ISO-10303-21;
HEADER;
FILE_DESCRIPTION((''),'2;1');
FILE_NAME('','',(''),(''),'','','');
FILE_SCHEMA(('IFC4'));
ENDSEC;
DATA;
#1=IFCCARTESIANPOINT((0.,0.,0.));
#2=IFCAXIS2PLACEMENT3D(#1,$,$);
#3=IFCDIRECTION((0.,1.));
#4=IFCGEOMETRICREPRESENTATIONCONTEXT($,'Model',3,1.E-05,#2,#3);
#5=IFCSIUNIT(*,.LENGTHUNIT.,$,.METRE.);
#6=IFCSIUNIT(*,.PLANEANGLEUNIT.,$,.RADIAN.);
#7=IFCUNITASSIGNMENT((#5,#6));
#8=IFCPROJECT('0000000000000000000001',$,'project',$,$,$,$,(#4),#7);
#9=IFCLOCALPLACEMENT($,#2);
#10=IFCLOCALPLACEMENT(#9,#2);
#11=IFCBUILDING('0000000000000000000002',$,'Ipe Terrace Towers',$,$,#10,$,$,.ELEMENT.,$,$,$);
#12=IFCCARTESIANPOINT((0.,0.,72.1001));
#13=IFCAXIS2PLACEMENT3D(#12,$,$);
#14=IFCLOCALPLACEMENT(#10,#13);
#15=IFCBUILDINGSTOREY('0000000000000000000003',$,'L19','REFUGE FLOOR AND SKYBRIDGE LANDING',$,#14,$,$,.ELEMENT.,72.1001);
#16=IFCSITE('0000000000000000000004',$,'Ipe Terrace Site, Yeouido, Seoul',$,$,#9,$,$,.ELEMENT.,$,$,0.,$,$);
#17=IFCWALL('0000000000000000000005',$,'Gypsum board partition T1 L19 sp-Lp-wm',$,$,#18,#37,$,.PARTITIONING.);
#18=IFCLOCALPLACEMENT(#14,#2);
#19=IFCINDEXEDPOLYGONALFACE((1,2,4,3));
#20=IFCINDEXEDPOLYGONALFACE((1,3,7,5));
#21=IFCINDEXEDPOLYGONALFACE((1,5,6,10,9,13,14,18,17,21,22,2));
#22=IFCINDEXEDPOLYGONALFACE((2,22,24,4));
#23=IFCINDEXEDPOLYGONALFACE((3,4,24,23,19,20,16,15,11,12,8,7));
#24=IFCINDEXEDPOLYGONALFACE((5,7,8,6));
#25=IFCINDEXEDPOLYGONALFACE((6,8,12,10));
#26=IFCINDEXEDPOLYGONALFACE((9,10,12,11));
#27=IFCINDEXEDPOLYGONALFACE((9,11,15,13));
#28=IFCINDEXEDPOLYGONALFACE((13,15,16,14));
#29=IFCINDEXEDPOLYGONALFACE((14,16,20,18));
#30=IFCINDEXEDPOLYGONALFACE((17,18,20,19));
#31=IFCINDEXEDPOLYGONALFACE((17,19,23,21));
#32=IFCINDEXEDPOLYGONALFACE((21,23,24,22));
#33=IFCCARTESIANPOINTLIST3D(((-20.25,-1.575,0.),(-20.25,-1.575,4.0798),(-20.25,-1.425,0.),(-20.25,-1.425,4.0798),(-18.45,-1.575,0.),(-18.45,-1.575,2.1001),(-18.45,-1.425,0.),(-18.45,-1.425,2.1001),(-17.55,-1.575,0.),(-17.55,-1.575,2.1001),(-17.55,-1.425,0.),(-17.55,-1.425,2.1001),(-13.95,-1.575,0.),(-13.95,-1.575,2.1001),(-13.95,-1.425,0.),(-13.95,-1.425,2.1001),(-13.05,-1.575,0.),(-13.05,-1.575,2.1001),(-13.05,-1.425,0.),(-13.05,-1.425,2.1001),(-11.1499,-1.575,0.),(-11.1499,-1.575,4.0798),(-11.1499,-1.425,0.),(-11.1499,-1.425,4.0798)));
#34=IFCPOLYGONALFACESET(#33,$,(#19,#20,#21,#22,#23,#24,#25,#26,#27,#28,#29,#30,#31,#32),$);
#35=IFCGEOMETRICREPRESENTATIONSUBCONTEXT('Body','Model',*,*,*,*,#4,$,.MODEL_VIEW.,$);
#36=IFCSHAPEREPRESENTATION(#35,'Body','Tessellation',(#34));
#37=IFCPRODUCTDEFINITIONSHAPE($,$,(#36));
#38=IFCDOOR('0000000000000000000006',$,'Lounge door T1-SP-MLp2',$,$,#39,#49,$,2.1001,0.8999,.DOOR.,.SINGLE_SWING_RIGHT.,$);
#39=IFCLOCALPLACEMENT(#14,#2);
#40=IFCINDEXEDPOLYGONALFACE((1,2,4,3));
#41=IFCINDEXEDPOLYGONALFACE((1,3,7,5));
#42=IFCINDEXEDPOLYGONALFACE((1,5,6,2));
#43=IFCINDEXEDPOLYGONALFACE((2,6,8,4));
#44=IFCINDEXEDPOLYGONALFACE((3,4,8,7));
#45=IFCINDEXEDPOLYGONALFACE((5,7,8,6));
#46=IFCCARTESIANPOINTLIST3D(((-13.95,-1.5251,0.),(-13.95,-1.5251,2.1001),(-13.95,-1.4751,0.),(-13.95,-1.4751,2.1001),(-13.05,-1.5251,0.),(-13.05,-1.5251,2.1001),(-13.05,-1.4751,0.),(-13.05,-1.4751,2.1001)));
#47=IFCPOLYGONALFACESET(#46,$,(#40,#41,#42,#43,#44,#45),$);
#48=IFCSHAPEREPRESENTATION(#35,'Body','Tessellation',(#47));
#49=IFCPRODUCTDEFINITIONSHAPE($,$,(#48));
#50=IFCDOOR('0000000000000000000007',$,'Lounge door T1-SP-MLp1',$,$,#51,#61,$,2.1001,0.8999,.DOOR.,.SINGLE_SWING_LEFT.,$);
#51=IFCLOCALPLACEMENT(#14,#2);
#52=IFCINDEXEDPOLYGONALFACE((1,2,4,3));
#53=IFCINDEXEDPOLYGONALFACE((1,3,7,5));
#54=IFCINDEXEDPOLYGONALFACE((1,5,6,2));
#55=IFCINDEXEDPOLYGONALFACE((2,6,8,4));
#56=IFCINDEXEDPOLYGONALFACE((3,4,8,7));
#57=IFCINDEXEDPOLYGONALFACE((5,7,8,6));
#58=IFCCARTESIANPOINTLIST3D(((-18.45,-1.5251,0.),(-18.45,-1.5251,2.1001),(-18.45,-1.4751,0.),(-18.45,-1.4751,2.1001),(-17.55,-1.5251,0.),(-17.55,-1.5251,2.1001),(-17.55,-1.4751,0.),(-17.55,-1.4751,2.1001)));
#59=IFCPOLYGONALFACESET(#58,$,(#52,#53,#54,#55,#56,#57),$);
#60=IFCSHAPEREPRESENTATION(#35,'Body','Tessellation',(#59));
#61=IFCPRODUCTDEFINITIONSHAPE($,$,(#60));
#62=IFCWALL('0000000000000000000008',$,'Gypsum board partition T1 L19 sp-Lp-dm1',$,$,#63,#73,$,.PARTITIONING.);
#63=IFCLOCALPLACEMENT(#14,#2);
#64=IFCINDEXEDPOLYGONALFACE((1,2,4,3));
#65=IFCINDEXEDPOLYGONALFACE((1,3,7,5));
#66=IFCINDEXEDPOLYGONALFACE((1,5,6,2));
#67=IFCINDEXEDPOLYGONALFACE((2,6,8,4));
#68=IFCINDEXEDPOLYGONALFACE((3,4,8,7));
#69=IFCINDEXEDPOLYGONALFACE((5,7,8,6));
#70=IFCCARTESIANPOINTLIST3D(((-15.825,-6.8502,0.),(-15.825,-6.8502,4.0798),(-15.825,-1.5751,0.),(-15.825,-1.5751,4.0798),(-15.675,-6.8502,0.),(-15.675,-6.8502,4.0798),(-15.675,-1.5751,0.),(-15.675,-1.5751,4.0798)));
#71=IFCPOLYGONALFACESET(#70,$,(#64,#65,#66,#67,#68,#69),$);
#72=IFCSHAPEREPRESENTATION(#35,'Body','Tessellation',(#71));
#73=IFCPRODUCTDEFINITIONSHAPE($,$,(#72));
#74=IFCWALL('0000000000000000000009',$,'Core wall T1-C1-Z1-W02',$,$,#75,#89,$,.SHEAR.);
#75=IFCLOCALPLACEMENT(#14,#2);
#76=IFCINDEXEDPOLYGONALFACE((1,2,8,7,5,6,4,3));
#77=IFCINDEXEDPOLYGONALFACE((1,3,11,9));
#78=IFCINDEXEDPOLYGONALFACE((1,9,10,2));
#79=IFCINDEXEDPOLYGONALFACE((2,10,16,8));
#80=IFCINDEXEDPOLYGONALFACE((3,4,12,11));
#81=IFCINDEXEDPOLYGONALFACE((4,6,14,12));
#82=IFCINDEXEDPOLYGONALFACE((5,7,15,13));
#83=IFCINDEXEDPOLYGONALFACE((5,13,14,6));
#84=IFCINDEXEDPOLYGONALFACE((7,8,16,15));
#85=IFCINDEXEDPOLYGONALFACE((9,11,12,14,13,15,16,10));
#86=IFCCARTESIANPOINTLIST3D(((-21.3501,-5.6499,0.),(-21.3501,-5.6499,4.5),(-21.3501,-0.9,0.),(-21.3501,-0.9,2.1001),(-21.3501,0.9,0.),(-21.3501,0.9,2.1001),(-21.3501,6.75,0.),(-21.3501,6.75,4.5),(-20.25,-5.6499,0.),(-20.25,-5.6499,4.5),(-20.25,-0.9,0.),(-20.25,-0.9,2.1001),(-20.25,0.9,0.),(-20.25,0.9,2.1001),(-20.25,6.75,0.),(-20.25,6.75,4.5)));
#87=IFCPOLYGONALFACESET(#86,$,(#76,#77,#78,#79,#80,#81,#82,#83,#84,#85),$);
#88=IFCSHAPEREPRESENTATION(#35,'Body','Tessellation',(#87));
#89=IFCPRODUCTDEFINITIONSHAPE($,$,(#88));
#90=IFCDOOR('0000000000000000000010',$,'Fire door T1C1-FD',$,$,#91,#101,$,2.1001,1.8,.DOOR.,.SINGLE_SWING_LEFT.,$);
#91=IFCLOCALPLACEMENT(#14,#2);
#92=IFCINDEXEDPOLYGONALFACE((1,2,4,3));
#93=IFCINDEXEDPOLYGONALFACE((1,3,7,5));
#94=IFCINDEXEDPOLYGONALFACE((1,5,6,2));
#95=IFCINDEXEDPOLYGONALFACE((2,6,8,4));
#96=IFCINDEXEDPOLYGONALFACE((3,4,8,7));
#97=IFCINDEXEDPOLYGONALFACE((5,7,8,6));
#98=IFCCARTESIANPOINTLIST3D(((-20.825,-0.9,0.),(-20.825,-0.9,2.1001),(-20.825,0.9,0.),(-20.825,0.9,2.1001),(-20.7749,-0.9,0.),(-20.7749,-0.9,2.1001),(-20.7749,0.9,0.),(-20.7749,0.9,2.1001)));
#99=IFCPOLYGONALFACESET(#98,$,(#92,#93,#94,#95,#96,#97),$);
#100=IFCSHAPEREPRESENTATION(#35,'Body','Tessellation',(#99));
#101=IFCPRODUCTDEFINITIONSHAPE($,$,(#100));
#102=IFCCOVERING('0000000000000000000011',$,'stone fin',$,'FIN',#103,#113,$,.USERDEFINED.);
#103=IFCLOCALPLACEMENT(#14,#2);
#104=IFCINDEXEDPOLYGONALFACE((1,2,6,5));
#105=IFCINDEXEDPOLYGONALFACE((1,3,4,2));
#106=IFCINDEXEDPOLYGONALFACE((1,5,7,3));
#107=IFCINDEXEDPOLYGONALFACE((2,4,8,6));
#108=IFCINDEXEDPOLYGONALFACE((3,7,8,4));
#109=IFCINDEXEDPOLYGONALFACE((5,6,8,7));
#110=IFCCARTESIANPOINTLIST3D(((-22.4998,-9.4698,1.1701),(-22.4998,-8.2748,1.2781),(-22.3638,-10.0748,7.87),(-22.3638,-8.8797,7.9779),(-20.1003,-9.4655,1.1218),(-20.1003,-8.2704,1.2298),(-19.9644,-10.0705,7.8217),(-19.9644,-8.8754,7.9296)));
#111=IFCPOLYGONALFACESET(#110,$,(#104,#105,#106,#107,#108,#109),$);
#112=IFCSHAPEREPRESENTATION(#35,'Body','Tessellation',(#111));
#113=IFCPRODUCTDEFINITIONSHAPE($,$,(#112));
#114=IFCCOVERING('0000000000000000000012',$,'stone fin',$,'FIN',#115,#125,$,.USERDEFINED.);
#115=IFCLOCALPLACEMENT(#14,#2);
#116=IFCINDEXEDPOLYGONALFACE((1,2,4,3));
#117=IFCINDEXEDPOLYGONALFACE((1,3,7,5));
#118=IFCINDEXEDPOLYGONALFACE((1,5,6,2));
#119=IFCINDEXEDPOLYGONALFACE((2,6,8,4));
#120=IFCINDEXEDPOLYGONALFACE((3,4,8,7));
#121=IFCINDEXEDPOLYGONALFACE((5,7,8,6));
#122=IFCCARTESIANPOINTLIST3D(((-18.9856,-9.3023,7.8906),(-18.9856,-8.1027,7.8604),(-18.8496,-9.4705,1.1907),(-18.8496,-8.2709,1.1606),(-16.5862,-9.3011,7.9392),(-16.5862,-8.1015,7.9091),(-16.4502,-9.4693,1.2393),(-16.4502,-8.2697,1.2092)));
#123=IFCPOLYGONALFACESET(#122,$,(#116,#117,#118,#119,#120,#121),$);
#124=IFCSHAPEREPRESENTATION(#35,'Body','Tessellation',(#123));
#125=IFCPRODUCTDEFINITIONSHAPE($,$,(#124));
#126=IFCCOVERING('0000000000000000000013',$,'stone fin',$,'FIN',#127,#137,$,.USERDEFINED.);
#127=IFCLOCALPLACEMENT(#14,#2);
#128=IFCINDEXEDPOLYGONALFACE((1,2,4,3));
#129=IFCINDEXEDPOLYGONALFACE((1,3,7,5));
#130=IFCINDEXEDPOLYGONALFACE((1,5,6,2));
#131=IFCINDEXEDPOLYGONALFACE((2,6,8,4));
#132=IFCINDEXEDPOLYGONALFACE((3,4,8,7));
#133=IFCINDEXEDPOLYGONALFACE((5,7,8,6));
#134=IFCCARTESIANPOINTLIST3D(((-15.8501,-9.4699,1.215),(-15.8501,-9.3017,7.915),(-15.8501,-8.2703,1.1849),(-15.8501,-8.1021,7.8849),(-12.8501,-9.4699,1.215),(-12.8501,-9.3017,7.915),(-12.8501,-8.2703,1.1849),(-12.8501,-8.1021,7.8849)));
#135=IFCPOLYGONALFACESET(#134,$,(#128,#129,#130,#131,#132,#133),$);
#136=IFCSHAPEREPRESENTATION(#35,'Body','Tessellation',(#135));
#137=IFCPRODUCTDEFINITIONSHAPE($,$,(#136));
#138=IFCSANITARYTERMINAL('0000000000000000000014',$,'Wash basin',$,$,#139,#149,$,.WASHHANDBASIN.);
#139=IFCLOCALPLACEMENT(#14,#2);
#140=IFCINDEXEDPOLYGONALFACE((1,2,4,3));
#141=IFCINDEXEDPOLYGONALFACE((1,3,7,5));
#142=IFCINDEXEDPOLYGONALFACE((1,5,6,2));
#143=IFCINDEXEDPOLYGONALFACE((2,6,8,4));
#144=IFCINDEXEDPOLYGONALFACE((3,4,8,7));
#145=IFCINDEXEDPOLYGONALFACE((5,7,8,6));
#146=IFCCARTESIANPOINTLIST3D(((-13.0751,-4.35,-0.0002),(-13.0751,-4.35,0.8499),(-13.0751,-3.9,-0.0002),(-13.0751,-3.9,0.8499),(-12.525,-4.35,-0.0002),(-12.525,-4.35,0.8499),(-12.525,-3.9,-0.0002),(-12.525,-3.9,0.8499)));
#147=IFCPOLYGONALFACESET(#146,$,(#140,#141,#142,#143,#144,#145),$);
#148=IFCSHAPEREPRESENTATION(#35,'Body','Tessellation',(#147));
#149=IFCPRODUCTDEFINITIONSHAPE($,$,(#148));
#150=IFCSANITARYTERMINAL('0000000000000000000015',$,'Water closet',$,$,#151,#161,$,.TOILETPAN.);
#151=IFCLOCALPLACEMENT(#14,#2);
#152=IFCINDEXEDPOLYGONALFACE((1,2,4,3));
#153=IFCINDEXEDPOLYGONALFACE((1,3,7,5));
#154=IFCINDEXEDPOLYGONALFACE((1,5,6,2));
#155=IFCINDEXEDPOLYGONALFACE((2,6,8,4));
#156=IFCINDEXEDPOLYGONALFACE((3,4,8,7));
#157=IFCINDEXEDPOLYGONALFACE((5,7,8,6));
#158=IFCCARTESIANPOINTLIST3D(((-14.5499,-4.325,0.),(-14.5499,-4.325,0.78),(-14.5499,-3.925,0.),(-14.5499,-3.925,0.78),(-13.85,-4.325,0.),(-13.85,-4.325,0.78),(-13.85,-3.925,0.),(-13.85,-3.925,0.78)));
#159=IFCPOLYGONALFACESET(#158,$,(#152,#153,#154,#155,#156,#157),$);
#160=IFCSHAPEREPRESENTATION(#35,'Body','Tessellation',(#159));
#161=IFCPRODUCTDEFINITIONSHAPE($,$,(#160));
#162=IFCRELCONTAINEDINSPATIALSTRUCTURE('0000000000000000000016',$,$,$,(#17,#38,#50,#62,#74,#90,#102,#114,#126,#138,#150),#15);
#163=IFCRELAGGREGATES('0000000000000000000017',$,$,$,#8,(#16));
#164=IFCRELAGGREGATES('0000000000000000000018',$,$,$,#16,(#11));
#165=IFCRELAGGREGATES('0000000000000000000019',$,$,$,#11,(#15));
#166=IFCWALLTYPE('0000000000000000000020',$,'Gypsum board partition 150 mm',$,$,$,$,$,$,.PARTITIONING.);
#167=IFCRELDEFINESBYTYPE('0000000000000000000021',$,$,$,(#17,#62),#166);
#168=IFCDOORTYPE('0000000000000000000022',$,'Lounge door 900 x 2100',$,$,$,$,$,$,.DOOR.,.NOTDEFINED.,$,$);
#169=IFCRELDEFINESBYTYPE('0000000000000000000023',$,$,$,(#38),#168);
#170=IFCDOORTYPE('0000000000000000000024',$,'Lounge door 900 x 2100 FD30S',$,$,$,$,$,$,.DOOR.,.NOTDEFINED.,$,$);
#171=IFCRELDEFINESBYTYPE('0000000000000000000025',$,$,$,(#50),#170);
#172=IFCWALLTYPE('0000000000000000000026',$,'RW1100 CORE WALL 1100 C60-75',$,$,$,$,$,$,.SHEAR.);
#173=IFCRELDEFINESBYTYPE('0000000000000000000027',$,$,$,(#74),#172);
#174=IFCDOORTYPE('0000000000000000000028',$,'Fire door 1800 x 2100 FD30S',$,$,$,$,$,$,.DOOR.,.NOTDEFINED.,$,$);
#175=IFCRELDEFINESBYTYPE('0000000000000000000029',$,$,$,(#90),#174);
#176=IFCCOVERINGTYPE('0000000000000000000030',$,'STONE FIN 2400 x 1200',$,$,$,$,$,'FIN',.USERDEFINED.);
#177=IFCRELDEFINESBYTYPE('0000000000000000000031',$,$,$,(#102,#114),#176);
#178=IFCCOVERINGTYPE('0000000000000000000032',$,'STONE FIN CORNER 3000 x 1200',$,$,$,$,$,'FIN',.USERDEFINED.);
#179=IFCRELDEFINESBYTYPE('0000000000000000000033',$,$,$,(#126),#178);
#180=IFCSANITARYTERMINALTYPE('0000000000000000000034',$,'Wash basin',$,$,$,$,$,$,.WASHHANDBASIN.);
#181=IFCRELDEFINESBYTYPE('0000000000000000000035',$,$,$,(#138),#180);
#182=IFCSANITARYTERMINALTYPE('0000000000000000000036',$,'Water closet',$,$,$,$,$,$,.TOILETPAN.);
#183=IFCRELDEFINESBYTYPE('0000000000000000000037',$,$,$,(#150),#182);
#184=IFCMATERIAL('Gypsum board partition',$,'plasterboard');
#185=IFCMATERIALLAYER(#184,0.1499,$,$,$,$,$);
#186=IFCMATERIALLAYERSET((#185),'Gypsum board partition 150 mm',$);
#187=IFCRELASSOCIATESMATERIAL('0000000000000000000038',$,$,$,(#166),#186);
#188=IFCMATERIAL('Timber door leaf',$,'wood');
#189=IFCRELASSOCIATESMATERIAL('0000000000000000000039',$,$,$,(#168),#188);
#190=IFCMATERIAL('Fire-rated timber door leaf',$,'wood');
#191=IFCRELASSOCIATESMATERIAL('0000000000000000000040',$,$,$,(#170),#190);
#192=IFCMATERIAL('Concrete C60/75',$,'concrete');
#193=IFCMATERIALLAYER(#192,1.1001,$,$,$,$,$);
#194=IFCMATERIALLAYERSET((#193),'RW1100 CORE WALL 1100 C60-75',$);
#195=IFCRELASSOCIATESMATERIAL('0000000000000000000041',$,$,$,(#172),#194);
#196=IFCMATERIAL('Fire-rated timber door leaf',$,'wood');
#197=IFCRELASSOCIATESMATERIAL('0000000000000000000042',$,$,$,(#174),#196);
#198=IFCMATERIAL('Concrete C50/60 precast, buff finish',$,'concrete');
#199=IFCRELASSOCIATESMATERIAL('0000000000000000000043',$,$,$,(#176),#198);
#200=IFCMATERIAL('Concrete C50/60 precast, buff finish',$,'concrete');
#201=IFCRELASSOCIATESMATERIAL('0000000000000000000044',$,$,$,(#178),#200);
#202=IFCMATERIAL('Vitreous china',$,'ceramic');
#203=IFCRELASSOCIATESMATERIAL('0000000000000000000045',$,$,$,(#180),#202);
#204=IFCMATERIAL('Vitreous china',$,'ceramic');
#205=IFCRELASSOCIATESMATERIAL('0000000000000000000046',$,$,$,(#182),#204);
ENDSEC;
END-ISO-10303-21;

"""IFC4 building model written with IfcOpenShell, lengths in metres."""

from ifc_helpers import new_model, si_unit, direction, frame, frame_2d, origin, origin_2d, place, context, subcontext, project, spatial, rectangle, extrude, material, layer, layer_set, material_profile, profile_set, type_object, element, fill, save


model = new_model("IFC4")

# Units and contexts
model_context = context("Model", 3, precision=1e-05, world=origin(), true_north=direction((0.0, 1.0)))
body_context = subcontext(model_context, "Body", "Model", "MODEL_VIEW")
ifc_project = project(units=[si_unit("LENGTHUNIT", "METRE"), si_unit("PLANEANGLEUNIT", "RADIAN")], contexts=[model_context])

# Site, building, storey
site_placement = place(None, origin())
site = spatial("IfcSite", under=ifc_project, at=site_placement, Name="Ipe Terrace Site, Yeouido, Seoul", CompositionType="ELEMENT", RefElevation=0.0)
building_placement = place(site_placement, origin())
building = spatial("IfcBuilding", under=site, at=building_placement, Name="Ipe Terrace Towers", CompositionType="ELEMENT")
storey_placement = place(building_placement, frame((0.0, 0.0, 72.1001)))
storey = spatial("IfcBuildingStorey", under=building, at=storey_placement, Name="L19", Description="REFUGE FLOOR AND SKYBRIDGE LANDING", CompositionType="ELEMENT", Elevation=72.1001)

# Wall, openings, doors
ifc_material_1 = material(Name="Gypsum board partition", Category="plasterboard")
ifc_layer_1 = layer(ifc_material_1, 0.1499)
ifc_layer_set_1 = layer_set([ifc_layer_1], Name="Gypsum board partition 150 mm")
wall_type_1 = type_object("IfcWallType", Name="Gypsum board partition 150 mm", PredefinedType="PARTITIONING", material=ifc_layer_set_1)
wall_1_placement = place(storey_placement, frame((-20.25, -1.5, 0.0), z_axis=(0.0, 0.0, 1.0), x_axis=(1.0, 0.0, 0.0)))
wall_1 = element("IfcWall", 1, at=wall_1_placement, inside=storey, type_object=wall_type_1, Name="Gypsum board partition T1 L19 sp-Lp-wm", PredefinedType="PARTITIONING", context=body_context, shape_type="SweptSolid", body=[
    extrude(rectangle(XDim=9.1001, YDim=0.1499, at=frame_2d((4.55, 0.0))), origin(), (0.0, 0.0, 1.0), 4.0798),
])
opening_1_placement = place(wall_1_placement, frame((1.8, 0.0, 0.0)))
opening_1 = element("IfcOpeningElement", 2, at=opening_1_placement, cuts=wall_1, PredefinedType="OPENING", context=body_context, shape_type="SweptSolid", body=[
    extrude(rectangle(XDim=0.8999, YDim=2.1001, at=frame_2d((0.45, 1.05))), frame((0.0, 0.085, 0.0), z_axis=(0.0, -1.0, 0.0), x_axis=(1.0, 0.0, 0.0)), (0.0, 0.0, 1.0), 0.1699),
])
opening_2_placement = place(wall_1_placement, frame((6.3, 0.0, 0.0)))
opening_2 = element("IfcOpeningElement", 3, at=opening_2_placement, cuts=wall_1, PredefinedType="OPENING", context=body_context, shape_type="SweptSolid", body=[
    extrude(rectangle(XDim=0.8999, YDim=2.1001, at=frame_2d((0.45, 1.05))), frame((0.0, 0.085, 0.0), z_axis=(0.0, -1.0, 0.0), x_axis=(1.0, 0.0, 0.0)), (0.0, 0.0, 1.0), 0.1699),
])
ifc_material_2 = material(Name="Timber door leaf", Category="wood")
door_type_1 = type_object("IfcDoorType", Name="Lounge door 900 x 2100", OperationType="NOTDEFINED", PredefinedType="DOOR", material=ifc_material_2)
door_1_placement = place(opening_2_placement, origin())
door_1 = element("IfcDoor", 4, at=door_1_placement, inside=storey, type_object=door_type_1, Name="Lounge door T1-SP-MLp2", OperationType="SINGLE_SWING_RIGHT", OverallHeight=2.1001, OverallWidth=0.8999, PredefinedType="DOOR", context=body_context, shape_type="SweptSolid", body=[
    extrude(rectangle(XDim=0.8999, YDim=2.1001, at=frame_2d((0.45, 1.05))), frame((0.0, 0.0249, 0.0), z_axis=(0.0, -1.0, 0.0), x_axis=(1.0, 0.0, 0.0)), (0.0, 0.0, 1.0), 0.05),
])
fill(opening_2, door_1)
ifc_material_3 = material(Name="Fire-rated timber door leaf", Category="wood")
door_type_2 = type_object("IfcDoorType", Name="Lounge door 900 x 2100 FD30S", OperationType="NOTDEFINED", PredefinedType="DOOR", material=ifc_material_3)
door_2_placement = place(opening_1_placement, origin())
door_2 = element("IfcDoor", 5, at=door_2_placement, inside=storey, type_object=door_type_2, Name="Lounge door T1-SP-MLp1", OperationType="SINGLE_SWING_LEFT", OverallHeight=2.1001, OverallWidth=0.8999, PredefinedType="DOOR", context=body_context, shape_type="SweptSolid", body=[
    extrude(rectangle(XDim=0.8999, YDim=2.1001, at=frame_2d((0.45, 1.05))), frame((0.0, 0.0249, 0.0), z_axis=(0.0, -1.0, 0.0), x_axis=(1.0, 0.0, 0.0)), (0.0, 0.0, 1.0), 0.05),
])
fill(opening_1, door_2)

# Wall
wall_2_placement = place(storey_placement, frame((-15.75, -1.575, 0.0), z_axis=(0.0, 0.0, 1.0), x_axis=(0.0, -1.0, 0.0)))
element("IfcWall", 6, at=wall_2_placement, inside=storey, type_object=wall_type_1, Name="Gypsum board partition T1 L19 sp-Lp-dm1", PredefinedType="PARTITIONING", context=body_context, shape_type="SweptSolid", body=[
    extrude(rectangle(XDim=5.2751, YDim=0.1499, at=frame_2d((2.6377, 0.0))), origin(), (0.0, 0.0, 1.0), 4.0798),
])

# Wall, opening, door
ifc_material_4 = material(Name="Concrete C60/75", Category="concrete")
ifc_layer_2 = layer(ifc_material_4, 1.1001)
ifc_layer_set_2 = layer_set([ifc_layer_2], Name="RW1100 CORE WALL 1100 C60-75")
wall_type_2 = type_object("IfcWallType", Name="RW1100 CORE WALL 1100 C60-75", PredefinedType="SHEAR", material=ifc_layer_set_2)
wall_3_placement = place(storey_placement, frame((-20.8, -5.6499, 0.0), z_axis=(0.0, 0.0, 1.0), x_axis=(0.0, 1.0, 0.0)))
wall_3 = element("IfcWall", 7, at=wall_3_placement, inside=storey, type_object=wall_type_2, Name="Core wall T1-C1-Z1-W02", PredefinedType="SHEAR", context=body_context, shape_type="SweptSolid", body=[
    extrude(rectangle(XDim=12.3999, YDim=1.1001, at=frame_2d((6.2, 0.0))), origin(), (0.0, 0.0, 1.0), 4.5),
])
opening_3_placement = place(wall_3_placement, frame((4.75, 0.0, 0.0)))
opening_3 = element("IfcOpeningElement", 8, at=opening_3_placement, cuts=wall_3, PredefinedType="OPENING", context=body_context, shape_type="SweptSolid", body=[
    extrude(rectangle(XDim=1.8, YDim=2.1001, at=frame_2d((0.8999, 1.05))), frame((0.0, 0.5601, 0.0), z_axis=(0.0, -1.0, 0.0), x_axis=(1.0, 0.0, 0.0)), (0.0, 0.0, 1.0), 1.1201),
])
ifc_material_5 = material(Name="Fire-rated timber door leaf", Category="wood")
door_type_3 = type_object("IfcDoorType", Name="Fire door 1800 x 2100 FD30S", OperationType="NOTDEFINED", PredefinedType="DOOR", material=ifc_material_5)
door_3_placement = place(opening_3_placement, origin())
door_3 = element("IfcDoor", 9, at=door_3_placement, inside=storey, type_object=door_type_3, Name="Fire door T1C1-FD", OperationType="SINGLE_SWING_LEFT", OverallHeight=2.1001, OverallWidth=1.8, PredefinedType="DOOR", context=body_context, shape_type="SweptSolid", body=[
    extrude(rectangle(XDim=1.8, YDim=2.1001, at=frame_2d((0.8999, 1.05))), frame((0.0, 0.0249, 0.0), z_axis=(0.0, -1.0, 0.0), x_axis=(1.0, 0.0, 0.0)), (0.0, 0.0, 1.0), 0.05),
])
fill(opening_3, door_3)

# Coverings
ifc_material_6 = material(Name="Concrete C50/60 precast, buff finish", Category="concrete")
ifc_material_profile_1 = material_profile(ifc_material_6, rectangle(XDim=2.3999, YDim=1.2, at=origin_2d()), Name="STONE FIN 2400 x 1200")
ifc_profile_set_1 = profile_set([ifc_material_profile_1], Name="Concrete C50/60 precast, buff finish")
covering_type_1 = type_object("IfcCoveringType", Name="STONE FIN 2400 x 1200", ElementType="FIN", PredefinedType="USERDEFINED", material=ifc_profile_set_1)
covering_1_placement = place(storey_placement, frame((-21.3, -8.8701, 1.2), z_axis=(0.02021, -0.089912, 0.995745), x_axis=(0.999796, 0.001818, -0.020128)))
element("IfcCovering", 10, at=covering_1_placement, inside=storey, type_object=covering_type_1, Name="stone fin", ObjectType="FIN", PredefinedType="USERDEFINED", context=body_context, shape_type="SweptSolid", body=[
    extrude(rectangle(XDim=2.3999, YDim=1.2, at=origin_2d()), origin(), (0.0, 0.0, 1.0), 6.7285),
])
covering_2_placement = place(storey_placement, frame((-17.6499, -8.8701, 1.2), z_axis=(-0.020286, 0.025094, 0.999479), x_axis=(0.999794, 0.000509, 0.02028)))
element("IfcCovering", 11, at=covering_2_placement, inside=storey, type_object=covering_type_1, Name="stone fin", ObjectType="FIN", PredefinedType="USERDEFINED", context=body_context, shape_type="SweptSolid", body=[
    extrude(rectangle(XDim=2.3999, YDim=1.2, at=origin_2d()), origin(), (0.0, 0.0, 1.0), 6.7034),
])
ifc_material_7 = material(Name="Concrete C50/60 precast, buff finish", Category="concrete")
ifc_material_profile_2 = material_profile(ifc_material_7, rectangle(XDim=3.0, YDim=1.2, at=origin_2d()), Name="STONE FIN CORNER 3000 x 1200")
ifc_profile_set_2 = profile_set([ifc_material_profile_2], Name="Concrete C50/60 precast, buff finish")
covering_type_2 = type_object("IfcCoveringType", Name="STONE FIN CORNER 3000 x 1200", ElementType="FIN", PredefinedType="USERDEFINED", material=ifc_profile_set_2)
covering_3_placement = place(storey_placement, frame((-14.3501, -8.8701, 1.2), z_axis=(0.0, 0.025099, 0.999685), x_axis=(1.0, 0.0, 0.0)))
element("IfcCovering", 12, at=covering_3_placement, inside=storey, type_object=covering_type_2, Name="stone fin", ObjectType="FIN", PredefinedType="USERDEFINED", context=body_context, shape_type="SweptSolid", body=[
    extrude(rectangle(XDim=3.0, YDim=1.2, at=origin_2d()), origin(), (0.0, 0.0, 1.0), 6.7021),
])

# Sanitary terminals
ifc_material_8 = material(Name="Vitreous china", Category="ceramic")
sanitary_terminal_type_1 = type_object("IfcSanitaryTerminalType", Name="Wash basin", PredefinedType="WASHHANDBASIN", material=ifc_material_8)
sanitary_terminal_1_placement = place(storey_placement, frame((-12.8, -4.125, -0.0002), z_axis=(0.0, 0.0, 1.0), x_axis=(1.0, 0.0, 0.0)))
element("IfcSanitaryTerminal", 13, at=sanitary_terminal_1_placement, inside=storey, type_object=sanitary_terminal_type_1, Name="Wash basin", PredefinedType="WASHHANDBASIN", context=body_context, shape_type="SweptSolid", body=[
    extrude(rectangle(XDim=0.55, YDim=0.45, at=origin_2d()), origin(), (0.0, 0.0, 1.0), 0.8501),
])
ifc_material_9 = material(Name="Vitreous china", Category="ceramic")
sanitary_terminal_type_2 = type_object("IfcSanitaryTerminalType", Name="Water closet", PredefinedType="TOILETPAN", material=ifc_material_9)
sanitary_terminal_2_placement = place(storey_placement, frame((-14.2, -4.125, 0.0), z_axis=(0.0, 0.0, 1.0), x_axis=(1.0, 0.0, 0.0)))
element("IfcSanitaryTerminal", 14, at=sanitary_terminal_2_placement, inside=storey, type_object=sanitary_terminal_type_2, Name="Water closet", PredefinedType="TOILETPAN", context=body_context, shape_type="SweptSolid", body=[
    extrude(rectangle(XDim=0.7, YDim=0.3999, at=origin_2d()), origin(), (0.0, 0.0, 1.0), 0.78),
])

save(model, "model.ifc")
